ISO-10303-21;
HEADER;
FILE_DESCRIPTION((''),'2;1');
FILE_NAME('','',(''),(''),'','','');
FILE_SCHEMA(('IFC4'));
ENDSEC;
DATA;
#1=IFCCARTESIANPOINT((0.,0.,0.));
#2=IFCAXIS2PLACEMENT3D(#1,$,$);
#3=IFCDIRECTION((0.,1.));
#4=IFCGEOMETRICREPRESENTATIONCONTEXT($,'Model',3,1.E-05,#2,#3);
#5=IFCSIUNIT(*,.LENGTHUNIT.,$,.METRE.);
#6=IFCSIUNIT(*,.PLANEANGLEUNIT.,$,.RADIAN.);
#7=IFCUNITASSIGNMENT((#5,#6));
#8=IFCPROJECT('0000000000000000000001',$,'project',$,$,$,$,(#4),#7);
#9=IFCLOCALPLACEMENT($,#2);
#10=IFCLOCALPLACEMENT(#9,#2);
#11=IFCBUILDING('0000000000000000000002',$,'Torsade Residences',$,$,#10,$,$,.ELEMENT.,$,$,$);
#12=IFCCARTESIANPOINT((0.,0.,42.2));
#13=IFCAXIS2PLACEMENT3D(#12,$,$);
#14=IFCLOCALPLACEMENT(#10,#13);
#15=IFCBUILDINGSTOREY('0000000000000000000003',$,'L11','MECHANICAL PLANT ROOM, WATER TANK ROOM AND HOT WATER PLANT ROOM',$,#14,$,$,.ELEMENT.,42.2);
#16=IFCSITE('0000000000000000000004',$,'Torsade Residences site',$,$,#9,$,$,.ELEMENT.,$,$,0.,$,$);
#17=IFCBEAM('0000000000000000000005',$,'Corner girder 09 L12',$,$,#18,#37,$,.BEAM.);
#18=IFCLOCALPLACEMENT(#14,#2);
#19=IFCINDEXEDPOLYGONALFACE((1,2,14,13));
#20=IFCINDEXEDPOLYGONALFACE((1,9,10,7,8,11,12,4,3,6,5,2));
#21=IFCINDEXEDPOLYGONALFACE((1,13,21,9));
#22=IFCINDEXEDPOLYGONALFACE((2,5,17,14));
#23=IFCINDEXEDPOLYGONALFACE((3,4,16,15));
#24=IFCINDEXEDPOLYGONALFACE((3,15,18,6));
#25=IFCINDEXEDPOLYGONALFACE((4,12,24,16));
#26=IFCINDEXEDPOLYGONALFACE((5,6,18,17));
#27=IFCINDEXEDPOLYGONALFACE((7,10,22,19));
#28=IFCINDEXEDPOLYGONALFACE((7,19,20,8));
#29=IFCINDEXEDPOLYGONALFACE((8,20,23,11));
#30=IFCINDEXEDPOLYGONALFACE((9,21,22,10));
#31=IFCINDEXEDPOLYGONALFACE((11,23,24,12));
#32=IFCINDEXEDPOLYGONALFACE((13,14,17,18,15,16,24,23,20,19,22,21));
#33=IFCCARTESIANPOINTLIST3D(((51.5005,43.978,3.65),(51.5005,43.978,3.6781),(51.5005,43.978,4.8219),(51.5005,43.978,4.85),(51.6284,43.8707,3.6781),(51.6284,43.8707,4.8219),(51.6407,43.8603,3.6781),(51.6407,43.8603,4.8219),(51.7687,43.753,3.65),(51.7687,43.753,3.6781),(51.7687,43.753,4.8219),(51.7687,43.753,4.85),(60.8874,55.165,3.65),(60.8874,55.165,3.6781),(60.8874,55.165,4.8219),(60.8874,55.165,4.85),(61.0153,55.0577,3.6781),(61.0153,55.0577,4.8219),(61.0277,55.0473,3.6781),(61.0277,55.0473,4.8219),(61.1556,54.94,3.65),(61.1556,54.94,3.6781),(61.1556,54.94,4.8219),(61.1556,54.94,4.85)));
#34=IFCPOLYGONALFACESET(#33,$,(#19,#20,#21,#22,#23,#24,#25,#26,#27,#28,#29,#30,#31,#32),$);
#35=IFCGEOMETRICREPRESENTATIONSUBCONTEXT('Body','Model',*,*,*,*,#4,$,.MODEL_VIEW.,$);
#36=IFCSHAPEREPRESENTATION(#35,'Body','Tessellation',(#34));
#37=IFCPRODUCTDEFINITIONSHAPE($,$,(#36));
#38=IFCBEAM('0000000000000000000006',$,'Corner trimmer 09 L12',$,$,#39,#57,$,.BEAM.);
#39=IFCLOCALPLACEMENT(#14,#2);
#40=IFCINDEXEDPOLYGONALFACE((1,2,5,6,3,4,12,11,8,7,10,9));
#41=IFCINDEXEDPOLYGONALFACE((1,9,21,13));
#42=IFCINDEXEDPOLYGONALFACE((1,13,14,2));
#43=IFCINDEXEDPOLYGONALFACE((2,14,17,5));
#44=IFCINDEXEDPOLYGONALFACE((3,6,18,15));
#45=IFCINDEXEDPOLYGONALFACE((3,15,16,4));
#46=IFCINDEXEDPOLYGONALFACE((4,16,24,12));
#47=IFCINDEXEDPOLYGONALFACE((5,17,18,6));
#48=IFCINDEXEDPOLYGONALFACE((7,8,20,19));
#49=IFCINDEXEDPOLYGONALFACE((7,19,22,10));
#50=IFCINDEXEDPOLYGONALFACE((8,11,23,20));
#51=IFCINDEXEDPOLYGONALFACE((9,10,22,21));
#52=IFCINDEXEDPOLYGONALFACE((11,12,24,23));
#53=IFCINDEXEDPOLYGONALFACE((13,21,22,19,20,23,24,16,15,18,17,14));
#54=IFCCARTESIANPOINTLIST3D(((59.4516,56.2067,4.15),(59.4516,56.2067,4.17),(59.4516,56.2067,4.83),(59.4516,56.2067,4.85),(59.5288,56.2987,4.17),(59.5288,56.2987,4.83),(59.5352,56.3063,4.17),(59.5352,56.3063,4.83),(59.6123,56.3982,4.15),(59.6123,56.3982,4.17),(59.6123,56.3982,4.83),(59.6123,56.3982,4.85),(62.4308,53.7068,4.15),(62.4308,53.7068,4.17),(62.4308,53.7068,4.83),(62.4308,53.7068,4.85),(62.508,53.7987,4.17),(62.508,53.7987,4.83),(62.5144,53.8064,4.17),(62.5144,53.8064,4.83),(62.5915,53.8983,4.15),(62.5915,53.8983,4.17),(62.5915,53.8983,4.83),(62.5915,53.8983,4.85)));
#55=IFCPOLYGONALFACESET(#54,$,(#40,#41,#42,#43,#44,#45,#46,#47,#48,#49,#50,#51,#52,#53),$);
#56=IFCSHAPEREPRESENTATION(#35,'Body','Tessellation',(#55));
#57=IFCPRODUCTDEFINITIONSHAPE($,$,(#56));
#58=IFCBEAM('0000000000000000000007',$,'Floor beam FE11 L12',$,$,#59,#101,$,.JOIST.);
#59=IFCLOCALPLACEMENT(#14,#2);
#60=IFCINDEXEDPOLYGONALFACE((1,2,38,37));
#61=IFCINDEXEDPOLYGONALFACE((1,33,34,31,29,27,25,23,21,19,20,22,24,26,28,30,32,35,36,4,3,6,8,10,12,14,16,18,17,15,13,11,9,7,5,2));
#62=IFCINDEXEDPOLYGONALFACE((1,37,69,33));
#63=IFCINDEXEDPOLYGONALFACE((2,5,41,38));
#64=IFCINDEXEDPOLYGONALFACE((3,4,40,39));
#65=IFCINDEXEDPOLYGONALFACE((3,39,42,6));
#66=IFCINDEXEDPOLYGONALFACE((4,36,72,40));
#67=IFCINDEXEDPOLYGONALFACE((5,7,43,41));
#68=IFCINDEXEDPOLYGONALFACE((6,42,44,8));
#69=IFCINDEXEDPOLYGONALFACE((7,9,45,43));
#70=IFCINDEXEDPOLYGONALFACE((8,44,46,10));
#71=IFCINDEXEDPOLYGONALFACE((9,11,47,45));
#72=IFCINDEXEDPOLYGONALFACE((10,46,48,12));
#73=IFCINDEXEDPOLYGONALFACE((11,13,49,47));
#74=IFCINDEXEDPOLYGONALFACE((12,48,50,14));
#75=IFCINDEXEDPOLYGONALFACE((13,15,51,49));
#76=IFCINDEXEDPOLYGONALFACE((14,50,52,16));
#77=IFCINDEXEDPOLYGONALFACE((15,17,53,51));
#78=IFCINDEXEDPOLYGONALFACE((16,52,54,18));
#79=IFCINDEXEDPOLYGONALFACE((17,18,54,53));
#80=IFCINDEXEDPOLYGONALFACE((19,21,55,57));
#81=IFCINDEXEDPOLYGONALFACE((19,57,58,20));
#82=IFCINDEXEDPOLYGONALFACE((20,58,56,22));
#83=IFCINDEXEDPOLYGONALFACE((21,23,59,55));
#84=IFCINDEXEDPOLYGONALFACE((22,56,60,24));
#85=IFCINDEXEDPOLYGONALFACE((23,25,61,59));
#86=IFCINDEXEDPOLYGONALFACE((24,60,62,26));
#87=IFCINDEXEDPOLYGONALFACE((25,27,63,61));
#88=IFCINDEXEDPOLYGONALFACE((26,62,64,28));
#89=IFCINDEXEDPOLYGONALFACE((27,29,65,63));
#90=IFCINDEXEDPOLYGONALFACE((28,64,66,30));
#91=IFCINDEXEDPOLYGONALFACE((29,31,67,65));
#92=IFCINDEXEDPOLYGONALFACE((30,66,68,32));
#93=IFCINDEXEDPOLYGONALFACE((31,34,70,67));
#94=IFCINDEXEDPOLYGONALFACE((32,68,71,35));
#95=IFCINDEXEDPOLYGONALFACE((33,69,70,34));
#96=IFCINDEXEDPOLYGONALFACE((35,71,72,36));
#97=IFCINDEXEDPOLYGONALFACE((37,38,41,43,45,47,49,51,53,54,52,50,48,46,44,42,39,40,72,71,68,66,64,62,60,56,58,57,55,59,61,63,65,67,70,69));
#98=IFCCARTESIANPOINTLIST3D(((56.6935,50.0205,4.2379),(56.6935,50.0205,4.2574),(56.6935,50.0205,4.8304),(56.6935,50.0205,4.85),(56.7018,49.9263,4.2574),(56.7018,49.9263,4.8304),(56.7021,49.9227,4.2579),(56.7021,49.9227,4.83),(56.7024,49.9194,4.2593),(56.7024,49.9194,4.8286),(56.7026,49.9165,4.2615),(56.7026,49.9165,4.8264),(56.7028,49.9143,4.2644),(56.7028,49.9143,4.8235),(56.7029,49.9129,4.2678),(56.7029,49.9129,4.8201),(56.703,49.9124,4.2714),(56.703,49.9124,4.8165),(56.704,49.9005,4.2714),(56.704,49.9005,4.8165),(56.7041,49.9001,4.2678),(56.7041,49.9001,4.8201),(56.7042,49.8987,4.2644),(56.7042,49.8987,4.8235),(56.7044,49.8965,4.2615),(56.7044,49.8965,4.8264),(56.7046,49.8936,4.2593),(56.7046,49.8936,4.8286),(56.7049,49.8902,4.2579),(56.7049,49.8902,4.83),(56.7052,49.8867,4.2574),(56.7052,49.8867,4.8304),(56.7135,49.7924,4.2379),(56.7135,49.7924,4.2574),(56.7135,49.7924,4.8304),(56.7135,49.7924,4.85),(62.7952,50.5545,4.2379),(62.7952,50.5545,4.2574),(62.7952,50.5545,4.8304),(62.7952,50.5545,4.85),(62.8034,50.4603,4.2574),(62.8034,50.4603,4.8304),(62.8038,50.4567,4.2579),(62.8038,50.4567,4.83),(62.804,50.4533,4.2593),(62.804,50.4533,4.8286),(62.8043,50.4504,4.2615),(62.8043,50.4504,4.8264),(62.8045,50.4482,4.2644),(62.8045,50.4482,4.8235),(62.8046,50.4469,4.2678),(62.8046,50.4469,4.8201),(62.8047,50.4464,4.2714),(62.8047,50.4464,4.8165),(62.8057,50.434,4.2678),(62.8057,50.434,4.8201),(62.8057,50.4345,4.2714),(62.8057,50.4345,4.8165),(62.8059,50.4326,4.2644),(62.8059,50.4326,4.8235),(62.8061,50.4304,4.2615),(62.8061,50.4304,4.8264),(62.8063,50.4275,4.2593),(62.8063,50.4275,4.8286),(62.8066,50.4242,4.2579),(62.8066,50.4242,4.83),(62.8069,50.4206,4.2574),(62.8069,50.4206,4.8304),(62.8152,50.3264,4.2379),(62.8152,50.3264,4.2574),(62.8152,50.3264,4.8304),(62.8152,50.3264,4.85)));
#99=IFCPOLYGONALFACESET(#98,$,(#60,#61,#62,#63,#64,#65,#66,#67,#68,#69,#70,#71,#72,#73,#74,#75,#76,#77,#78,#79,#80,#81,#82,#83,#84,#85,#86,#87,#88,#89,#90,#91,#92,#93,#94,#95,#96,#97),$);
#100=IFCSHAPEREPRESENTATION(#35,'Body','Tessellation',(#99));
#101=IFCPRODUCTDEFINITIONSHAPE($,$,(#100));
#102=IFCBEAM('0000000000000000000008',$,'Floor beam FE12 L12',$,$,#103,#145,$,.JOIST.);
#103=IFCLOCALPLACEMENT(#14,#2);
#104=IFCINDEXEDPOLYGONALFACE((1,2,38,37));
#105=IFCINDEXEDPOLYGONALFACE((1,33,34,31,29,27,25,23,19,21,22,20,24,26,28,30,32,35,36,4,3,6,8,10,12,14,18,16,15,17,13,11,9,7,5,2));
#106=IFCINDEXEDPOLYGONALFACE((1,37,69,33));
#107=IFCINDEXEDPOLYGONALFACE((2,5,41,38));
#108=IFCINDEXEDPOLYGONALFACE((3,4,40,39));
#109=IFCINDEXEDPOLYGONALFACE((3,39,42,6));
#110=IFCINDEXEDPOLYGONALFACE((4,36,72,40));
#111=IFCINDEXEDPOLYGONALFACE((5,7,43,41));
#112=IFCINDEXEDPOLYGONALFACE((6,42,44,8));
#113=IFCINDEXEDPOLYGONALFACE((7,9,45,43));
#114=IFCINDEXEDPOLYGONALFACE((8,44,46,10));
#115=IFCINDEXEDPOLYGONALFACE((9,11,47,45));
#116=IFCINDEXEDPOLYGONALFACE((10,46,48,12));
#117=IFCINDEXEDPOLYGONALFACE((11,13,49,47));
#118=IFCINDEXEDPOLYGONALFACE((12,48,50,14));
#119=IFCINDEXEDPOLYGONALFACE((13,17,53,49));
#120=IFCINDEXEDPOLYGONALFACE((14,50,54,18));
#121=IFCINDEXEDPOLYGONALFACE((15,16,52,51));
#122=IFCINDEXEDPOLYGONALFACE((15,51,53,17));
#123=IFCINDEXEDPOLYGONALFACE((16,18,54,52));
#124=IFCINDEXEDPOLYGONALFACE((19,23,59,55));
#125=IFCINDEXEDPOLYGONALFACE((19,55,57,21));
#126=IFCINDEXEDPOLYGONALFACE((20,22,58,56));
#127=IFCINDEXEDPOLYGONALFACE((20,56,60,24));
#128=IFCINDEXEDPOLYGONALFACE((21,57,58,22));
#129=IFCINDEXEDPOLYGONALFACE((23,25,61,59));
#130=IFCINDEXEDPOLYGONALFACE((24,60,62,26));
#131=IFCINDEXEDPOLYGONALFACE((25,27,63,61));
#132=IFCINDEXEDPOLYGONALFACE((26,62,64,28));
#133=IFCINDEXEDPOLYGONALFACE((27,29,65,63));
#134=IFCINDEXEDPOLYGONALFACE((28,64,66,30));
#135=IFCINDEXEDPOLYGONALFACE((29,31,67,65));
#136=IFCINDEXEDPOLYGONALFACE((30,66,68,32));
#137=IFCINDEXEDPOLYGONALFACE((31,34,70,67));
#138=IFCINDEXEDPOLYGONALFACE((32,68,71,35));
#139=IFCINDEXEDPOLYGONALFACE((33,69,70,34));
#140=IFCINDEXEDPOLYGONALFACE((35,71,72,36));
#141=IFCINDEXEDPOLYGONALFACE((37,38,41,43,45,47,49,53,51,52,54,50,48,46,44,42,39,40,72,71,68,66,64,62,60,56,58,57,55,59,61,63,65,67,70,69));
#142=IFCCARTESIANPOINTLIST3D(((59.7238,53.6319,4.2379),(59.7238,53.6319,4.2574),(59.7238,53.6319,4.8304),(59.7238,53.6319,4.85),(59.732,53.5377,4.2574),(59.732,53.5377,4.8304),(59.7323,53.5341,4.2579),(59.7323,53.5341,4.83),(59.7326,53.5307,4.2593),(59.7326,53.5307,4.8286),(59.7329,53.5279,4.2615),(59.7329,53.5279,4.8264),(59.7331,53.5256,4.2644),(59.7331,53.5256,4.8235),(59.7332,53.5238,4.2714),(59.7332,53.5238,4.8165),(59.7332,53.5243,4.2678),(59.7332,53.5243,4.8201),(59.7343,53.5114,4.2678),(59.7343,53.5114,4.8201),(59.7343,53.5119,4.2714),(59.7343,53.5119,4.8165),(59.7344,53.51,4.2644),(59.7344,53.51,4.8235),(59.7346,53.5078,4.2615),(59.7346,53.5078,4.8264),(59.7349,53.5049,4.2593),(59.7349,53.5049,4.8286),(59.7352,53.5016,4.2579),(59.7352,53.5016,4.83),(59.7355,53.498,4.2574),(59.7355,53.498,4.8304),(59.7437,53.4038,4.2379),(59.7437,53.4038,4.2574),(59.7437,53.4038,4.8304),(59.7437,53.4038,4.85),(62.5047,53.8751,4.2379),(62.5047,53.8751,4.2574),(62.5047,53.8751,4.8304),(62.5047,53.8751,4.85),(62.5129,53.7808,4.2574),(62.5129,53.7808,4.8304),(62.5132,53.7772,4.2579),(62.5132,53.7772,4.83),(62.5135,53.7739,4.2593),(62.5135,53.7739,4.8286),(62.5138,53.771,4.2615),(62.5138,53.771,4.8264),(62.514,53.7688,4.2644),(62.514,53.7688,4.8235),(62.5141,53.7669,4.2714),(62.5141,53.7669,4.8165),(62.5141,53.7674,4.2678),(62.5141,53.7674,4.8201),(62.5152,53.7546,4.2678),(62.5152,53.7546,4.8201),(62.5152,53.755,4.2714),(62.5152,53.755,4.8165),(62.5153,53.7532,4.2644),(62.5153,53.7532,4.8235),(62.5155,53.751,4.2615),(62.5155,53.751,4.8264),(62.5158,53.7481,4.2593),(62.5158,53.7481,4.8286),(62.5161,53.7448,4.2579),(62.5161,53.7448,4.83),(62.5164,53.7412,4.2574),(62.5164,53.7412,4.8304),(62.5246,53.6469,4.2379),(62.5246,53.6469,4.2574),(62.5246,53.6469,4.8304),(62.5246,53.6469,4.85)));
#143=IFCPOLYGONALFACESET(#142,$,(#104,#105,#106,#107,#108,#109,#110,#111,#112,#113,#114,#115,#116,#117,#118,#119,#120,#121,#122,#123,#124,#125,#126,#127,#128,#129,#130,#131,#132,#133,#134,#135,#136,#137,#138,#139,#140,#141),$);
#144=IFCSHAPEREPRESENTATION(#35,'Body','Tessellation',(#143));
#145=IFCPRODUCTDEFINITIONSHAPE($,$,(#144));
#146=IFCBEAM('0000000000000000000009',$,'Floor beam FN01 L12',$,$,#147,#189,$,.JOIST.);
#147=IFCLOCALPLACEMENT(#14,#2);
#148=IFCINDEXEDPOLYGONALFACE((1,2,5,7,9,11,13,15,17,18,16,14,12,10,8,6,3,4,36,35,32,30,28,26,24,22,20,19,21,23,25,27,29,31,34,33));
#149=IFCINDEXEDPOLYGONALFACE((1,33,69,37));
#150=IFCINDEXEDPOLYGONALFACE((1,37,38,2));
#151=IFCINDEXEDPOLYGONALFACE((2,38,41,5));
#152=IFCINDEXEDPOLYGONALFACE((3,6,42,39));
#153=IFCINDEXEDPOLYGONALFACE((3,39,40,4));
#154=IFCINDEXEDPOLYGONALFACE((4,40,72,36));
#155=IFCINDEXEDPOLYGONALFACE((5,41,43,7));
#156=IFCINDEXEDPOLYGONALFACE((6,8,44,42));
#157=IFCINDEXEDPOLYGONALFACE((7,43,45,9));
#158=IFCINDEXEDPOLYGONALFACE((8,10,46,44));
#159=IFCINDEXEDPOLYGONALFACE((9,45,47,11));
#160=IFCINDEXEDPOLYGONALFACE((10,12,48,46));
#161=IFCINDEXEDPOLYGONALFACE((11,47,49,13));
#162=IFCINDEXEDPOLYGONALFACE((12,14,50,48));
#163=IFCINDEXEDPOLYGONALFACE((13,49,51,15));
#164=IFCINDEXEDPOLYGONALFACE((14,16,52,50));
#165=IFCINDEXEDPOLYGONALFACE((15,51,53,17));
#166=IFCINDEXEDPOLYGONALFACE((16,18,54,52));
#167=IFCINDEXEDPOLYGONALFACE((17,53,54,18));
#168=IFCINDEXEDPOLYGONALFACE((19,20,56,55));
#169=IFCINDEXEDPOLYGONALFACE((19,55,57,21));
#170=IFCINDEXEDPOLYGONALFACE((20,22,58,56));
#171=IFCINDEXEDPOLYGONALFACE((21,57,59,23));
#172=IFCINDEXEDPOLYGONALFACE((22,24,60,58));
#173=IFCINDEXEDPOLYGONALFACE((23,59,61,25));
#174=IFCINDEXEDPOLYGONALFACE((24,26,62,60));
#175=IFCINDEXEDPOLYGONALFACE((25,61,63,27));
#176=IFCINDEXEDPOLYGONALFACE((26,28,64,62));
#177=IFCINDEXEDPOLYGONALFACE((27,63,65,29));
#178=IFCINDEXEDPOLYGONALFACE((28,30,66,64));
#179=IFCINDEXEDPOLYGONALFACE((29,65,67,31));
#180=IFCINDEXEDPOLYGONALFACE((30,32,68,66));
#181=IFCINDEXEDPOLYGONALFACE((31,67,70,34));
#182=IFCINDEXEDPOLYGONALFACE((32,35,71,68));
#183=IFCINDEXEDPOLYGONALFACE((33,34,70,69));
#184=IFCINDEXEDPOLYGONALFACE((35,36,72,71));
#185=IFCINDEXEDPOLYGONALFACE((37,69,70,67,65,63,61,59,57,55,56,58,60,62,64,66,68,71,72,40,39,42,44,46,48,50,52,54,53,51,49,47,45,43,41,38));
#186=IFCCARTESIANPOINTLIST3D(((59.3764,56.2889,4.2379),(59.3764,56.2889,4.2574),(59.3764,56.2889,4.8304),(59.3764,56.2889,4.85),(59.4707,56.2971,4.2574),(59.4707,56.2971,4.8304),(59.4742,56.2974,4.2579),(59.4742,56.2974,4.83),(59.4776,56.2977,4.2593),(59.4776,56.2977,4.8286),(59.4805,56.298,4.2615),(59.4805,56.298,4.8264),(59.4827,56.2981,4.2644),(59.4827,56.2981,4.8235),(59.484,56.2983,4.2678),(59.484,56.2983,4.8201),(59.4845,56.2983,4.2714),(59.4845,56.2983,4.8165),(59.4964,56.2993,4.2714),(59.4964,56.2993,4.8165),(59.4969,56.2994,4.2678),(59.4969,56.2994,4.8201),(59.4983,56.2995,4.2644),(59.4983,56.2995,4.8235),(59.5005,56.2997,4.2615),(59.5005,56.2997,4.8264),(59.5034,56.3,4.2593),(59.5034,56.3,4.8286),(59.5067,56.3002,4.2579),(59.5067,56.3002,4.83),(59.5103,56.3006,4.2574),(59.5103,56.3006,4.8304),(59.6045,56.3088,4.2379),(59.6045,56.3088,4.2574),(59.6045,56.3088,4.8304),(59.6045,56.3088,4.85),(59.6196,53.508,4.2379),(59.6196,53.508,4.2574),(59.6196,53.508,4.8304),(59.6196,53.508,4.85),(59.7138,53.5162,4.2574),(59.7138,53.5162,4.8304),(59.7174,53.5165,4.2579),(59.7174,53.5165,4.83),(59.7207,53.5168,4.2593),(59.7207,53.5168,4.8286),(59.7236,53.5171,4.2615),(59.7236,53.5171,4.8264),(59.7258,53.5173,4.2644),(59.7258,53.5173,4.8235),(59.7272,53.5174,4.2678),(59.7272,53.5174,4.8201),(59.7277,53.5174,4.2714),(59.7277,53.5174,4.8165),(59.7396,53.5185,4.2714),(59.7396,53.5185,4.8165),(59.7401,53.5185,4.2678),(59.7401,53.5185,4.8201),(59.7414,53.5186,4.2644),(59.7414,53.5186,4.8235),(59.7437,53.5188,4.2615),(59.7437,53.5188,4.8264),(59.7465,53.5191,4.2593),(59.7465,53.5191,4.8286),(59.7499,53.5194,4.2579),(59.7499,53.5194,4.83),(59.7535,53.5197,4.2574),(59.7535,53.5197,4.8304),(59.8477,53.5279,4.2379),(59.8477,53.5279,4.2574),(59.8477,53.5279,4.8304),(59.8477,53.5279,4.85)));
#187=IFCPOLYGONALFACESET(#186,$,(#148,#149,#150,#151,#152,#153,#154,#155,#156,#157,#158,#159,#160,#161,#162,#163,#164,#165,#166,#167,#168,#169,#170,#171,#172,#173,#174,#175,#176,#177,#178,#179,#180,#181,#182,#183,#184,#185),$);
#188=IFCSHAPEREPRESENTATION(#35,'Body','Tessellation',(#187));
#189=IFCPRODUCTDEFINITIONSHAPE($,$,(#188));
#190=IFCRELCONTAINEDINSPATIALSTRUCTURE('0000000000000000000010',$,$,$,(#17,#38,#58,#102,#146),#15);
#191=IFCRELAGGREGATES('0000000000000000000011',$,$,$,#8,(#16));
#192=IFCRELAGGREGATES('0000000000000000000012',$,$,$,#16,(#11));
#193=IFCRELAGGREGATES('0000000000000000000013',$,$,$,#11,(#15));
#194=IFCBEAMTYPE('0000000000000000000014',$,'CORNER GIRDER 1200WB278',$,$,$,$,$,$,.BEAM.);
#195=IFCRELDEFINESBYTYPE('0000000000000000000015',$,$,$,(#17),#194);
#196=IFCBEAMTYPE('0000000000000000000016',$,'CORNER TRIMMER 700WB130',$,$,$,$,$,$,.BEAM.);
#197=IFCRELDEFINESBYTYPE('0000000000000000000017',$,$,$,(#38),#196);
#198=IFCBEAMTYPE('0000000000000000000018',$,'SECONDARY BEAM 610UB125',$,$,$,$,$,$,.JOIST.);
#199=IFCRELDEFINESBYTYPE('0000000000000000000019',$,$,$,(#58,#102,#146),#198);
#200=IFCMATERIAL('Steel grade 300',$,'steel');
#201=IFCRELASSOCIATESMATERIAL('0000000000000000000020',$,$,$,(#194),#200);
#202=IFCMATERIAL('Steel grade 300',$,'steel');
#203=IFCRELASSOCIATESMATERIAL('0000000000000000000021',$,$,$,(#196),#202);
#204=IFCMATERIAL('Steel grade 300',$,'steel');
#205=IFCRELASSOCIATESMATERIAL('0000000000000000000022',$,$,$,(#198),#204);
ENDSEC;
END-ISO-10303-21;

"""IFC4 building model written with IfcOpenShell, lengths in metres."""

from ifc_helpers import new_model, si_unit, direction, frame, origin, origin_2d, place, context, subcontext, project, spatial, i_section, extrude, material, material_profile, profile_set, type_object, element, save


model = new_model("IFC4")

# Units and contexts
model_context = context("Model", 3, precision=1e-05, world=origin(), true_north=direction((0.0, 1.0)))
body_context = subcontext(model_context, "Body", "Model", "MODEL_VIEW")
ifc_project = project(units=[si_unit("LENGTHUNIT", "METRE"), si_unit("PLANEANGLEUNIT", "RADIAN")], contexts=[model_context])

# Site, building, storey
site_placement = place(None, origin())
site = spatial("IfcSite", under=ifc_project, at=site_placement, Name="Torsade Residences site", CompositionType="ELEMENT", RefElevation=0.0)
building_placement = place(site_placement, origin())
building = spatial("IfcBuilding", under=site, at=building_placement, Name="Torsade Residences", CompositionType="ELEMENT")
storey_placement = place(building_placement, frame((0.0, 0.0, 42.2)))
storey = spatial("IfcBuildingStorey", under=building, at=storey_placement, Name="L11", Description="MECHANICAL PLANT ROOM, WATER TANK ROOM AND HOT WATER PLANT ROOM", CompositionType="ELEMENT", Elevation=42.2)

# Beams
ifc_material_1 = material(Name="Steel grade 300", Category="steel")
ifc_material_profile_1 = material_profile(ifc_material_1, i_section(OverallWidth=0.3501, OverallDepth=1.2, WebThickness=0.0161, FlangeThickness=0.0281, at=origin_2d()), Name="1200WB278")
ifc_profile_set_1 = profile_set([ifc_material_profile_1], Name="Steel grade 300")
beam_type_1 = type_object("IfcBeamType", Name="CORNER GIRDER 1200WB278", PredefinedType="BEAM", material=ifc_profile_set_1)
beam_1_placement = place(storey_placement, frame((61.0215, 55.0525, 4.25), z_axis=(-0.642785, -0.766046, 0.0), x_axis=(0.766046, -0.642785, 0.0)))
element("IfcBeam", 1, at=beam_1_placement, inside=storey, type_object=beam_type_1, Name="Corner girder 09 L12", PredefinedType="BEAM", context=body_context, shape_type="SweptSolid", body=[
    extrude(i_section(OverallWidth=0.3501, OverallDepth=1.2, WebThickness=0.0161, FlangeThickness=0.0281, at=origin_2d()), origin(), (0.0, 0.0, 1.0), 14.6035),
])
ifc_material_2 = material(Name="Steel grade 300", Category="steel")
ifc_material_profile_2 = material_profile(ifc_material_2, i_section(OverallWidth=0.25, OverallDepth=0.7, WebThickness=0.01, FlangeThickness=0.02, at=origin_2d()), Name="700WB130")
ifc_profile_set_2 = profile_set([ifc_material_profile_2], Name="Steel grade 300")
beam_type_2 = type_object("IfcBeamType", Name="CORNER TRIMMER 700WB130", PredefinedType="BEAM", material=ifc_profile_set_2)
beam_2_placement = place(storey_placement, frame((59.532, 56.3025, 4.5), z_axis=(0.76603, -0.642805, 0.0), x_axis=(0.642805, 0.76603, 0.0)))
element("IfcBeam", 2, at=beam_2_placement, inside=storey, type_object=beam_type_2, Name="Corner trimmer 09 L12", PredefinedType="BEAM", context=body_context, shape_type="SweptSolid", body=[
    extrude(i_section(OverallWidth=0.25, OverallDepth=0.7, WebThickness=0.01, FlangeThickness=0.02, at=origin_2d()), origin(), (0.0, 0.0, 1.0), 3.8892),
])
ifc_material_3 = material(Name="Steel grade 300", Category="steel")
ifc_material_profile_3 = material_profile(ifc_material_3, i_section(OverallWidth=0.229, OverallDepth=0.6121, WebThickness=0.012, FlangeThickness=0.0195, FilletRadius=0.0139, at=origin_2d()), Name="610UB125")
ifc_profile_set_3 = profile_set([ifc_material_profile_3], Name="Steel grade 300")
beam_type_3 = type_object("IfcBeamType", Name="SECONDARY BEAM 610UB125", PredefinedType="JOIST", material=ifc_profile_set_3)
beam_3_placement = place(storey_placement, frame((62.8052, 50.4404, 4.5439), z_axis=(-0.996193, -0.087175, 0.0), x_axis=(0.087175, -0.996193, 0.0)))
element("IfcBeam", 3, at=beam_3_placement, inside=storey, type_object=beam_type_3, Name="Floor beam FE11 L12", PredefinedType="JOIST", context=body_context, shape_type="SweptSolid", body=[
    extrude(i_section(OverallWidth=0.229, OverallDepth=0.6121, WebThickness=0.012, FlangeThickness=0.0195, FilletRadius=0.0139, at=origin_2d()), origin(), (0.0, 0.0, 1.0), 6.125),
])
for number, where, z_axis, x_axis, name in (
    (4, (62.5146, 53.761, 4.5439), (-0.996199, -0.087105, 0.0), (0.087105, -0.996199, 0.0), "Floor beam FE12 L12"),
    (5, (59.4905, 56.2988, 4.5439), (0.087105, -0.996199, 0.0), (0.996199, 0.087105, 0.0), "Floor beam FN01 L12"),
):
    element("IfcBeam", number, at=place(storey_placement, frame(where, z_axis=z_axis, x_axis=x_axis)), inside=storey, type_object=beam_type_3, Name=name, PredefinedType="JOIST", context=body_context, shape_type="SweptSolid", body=[
        extrude(i_section(OverallWidth=0.229, OverallDepth=0.6121, WebThickness=0.012, FlangeThickness=0.0195, FilletRadius=0.0139, at=origin_2d()), origin(), (0.0, 0.0, 1.0), 2.7915),
    ])

save(model, "model.ifc")
